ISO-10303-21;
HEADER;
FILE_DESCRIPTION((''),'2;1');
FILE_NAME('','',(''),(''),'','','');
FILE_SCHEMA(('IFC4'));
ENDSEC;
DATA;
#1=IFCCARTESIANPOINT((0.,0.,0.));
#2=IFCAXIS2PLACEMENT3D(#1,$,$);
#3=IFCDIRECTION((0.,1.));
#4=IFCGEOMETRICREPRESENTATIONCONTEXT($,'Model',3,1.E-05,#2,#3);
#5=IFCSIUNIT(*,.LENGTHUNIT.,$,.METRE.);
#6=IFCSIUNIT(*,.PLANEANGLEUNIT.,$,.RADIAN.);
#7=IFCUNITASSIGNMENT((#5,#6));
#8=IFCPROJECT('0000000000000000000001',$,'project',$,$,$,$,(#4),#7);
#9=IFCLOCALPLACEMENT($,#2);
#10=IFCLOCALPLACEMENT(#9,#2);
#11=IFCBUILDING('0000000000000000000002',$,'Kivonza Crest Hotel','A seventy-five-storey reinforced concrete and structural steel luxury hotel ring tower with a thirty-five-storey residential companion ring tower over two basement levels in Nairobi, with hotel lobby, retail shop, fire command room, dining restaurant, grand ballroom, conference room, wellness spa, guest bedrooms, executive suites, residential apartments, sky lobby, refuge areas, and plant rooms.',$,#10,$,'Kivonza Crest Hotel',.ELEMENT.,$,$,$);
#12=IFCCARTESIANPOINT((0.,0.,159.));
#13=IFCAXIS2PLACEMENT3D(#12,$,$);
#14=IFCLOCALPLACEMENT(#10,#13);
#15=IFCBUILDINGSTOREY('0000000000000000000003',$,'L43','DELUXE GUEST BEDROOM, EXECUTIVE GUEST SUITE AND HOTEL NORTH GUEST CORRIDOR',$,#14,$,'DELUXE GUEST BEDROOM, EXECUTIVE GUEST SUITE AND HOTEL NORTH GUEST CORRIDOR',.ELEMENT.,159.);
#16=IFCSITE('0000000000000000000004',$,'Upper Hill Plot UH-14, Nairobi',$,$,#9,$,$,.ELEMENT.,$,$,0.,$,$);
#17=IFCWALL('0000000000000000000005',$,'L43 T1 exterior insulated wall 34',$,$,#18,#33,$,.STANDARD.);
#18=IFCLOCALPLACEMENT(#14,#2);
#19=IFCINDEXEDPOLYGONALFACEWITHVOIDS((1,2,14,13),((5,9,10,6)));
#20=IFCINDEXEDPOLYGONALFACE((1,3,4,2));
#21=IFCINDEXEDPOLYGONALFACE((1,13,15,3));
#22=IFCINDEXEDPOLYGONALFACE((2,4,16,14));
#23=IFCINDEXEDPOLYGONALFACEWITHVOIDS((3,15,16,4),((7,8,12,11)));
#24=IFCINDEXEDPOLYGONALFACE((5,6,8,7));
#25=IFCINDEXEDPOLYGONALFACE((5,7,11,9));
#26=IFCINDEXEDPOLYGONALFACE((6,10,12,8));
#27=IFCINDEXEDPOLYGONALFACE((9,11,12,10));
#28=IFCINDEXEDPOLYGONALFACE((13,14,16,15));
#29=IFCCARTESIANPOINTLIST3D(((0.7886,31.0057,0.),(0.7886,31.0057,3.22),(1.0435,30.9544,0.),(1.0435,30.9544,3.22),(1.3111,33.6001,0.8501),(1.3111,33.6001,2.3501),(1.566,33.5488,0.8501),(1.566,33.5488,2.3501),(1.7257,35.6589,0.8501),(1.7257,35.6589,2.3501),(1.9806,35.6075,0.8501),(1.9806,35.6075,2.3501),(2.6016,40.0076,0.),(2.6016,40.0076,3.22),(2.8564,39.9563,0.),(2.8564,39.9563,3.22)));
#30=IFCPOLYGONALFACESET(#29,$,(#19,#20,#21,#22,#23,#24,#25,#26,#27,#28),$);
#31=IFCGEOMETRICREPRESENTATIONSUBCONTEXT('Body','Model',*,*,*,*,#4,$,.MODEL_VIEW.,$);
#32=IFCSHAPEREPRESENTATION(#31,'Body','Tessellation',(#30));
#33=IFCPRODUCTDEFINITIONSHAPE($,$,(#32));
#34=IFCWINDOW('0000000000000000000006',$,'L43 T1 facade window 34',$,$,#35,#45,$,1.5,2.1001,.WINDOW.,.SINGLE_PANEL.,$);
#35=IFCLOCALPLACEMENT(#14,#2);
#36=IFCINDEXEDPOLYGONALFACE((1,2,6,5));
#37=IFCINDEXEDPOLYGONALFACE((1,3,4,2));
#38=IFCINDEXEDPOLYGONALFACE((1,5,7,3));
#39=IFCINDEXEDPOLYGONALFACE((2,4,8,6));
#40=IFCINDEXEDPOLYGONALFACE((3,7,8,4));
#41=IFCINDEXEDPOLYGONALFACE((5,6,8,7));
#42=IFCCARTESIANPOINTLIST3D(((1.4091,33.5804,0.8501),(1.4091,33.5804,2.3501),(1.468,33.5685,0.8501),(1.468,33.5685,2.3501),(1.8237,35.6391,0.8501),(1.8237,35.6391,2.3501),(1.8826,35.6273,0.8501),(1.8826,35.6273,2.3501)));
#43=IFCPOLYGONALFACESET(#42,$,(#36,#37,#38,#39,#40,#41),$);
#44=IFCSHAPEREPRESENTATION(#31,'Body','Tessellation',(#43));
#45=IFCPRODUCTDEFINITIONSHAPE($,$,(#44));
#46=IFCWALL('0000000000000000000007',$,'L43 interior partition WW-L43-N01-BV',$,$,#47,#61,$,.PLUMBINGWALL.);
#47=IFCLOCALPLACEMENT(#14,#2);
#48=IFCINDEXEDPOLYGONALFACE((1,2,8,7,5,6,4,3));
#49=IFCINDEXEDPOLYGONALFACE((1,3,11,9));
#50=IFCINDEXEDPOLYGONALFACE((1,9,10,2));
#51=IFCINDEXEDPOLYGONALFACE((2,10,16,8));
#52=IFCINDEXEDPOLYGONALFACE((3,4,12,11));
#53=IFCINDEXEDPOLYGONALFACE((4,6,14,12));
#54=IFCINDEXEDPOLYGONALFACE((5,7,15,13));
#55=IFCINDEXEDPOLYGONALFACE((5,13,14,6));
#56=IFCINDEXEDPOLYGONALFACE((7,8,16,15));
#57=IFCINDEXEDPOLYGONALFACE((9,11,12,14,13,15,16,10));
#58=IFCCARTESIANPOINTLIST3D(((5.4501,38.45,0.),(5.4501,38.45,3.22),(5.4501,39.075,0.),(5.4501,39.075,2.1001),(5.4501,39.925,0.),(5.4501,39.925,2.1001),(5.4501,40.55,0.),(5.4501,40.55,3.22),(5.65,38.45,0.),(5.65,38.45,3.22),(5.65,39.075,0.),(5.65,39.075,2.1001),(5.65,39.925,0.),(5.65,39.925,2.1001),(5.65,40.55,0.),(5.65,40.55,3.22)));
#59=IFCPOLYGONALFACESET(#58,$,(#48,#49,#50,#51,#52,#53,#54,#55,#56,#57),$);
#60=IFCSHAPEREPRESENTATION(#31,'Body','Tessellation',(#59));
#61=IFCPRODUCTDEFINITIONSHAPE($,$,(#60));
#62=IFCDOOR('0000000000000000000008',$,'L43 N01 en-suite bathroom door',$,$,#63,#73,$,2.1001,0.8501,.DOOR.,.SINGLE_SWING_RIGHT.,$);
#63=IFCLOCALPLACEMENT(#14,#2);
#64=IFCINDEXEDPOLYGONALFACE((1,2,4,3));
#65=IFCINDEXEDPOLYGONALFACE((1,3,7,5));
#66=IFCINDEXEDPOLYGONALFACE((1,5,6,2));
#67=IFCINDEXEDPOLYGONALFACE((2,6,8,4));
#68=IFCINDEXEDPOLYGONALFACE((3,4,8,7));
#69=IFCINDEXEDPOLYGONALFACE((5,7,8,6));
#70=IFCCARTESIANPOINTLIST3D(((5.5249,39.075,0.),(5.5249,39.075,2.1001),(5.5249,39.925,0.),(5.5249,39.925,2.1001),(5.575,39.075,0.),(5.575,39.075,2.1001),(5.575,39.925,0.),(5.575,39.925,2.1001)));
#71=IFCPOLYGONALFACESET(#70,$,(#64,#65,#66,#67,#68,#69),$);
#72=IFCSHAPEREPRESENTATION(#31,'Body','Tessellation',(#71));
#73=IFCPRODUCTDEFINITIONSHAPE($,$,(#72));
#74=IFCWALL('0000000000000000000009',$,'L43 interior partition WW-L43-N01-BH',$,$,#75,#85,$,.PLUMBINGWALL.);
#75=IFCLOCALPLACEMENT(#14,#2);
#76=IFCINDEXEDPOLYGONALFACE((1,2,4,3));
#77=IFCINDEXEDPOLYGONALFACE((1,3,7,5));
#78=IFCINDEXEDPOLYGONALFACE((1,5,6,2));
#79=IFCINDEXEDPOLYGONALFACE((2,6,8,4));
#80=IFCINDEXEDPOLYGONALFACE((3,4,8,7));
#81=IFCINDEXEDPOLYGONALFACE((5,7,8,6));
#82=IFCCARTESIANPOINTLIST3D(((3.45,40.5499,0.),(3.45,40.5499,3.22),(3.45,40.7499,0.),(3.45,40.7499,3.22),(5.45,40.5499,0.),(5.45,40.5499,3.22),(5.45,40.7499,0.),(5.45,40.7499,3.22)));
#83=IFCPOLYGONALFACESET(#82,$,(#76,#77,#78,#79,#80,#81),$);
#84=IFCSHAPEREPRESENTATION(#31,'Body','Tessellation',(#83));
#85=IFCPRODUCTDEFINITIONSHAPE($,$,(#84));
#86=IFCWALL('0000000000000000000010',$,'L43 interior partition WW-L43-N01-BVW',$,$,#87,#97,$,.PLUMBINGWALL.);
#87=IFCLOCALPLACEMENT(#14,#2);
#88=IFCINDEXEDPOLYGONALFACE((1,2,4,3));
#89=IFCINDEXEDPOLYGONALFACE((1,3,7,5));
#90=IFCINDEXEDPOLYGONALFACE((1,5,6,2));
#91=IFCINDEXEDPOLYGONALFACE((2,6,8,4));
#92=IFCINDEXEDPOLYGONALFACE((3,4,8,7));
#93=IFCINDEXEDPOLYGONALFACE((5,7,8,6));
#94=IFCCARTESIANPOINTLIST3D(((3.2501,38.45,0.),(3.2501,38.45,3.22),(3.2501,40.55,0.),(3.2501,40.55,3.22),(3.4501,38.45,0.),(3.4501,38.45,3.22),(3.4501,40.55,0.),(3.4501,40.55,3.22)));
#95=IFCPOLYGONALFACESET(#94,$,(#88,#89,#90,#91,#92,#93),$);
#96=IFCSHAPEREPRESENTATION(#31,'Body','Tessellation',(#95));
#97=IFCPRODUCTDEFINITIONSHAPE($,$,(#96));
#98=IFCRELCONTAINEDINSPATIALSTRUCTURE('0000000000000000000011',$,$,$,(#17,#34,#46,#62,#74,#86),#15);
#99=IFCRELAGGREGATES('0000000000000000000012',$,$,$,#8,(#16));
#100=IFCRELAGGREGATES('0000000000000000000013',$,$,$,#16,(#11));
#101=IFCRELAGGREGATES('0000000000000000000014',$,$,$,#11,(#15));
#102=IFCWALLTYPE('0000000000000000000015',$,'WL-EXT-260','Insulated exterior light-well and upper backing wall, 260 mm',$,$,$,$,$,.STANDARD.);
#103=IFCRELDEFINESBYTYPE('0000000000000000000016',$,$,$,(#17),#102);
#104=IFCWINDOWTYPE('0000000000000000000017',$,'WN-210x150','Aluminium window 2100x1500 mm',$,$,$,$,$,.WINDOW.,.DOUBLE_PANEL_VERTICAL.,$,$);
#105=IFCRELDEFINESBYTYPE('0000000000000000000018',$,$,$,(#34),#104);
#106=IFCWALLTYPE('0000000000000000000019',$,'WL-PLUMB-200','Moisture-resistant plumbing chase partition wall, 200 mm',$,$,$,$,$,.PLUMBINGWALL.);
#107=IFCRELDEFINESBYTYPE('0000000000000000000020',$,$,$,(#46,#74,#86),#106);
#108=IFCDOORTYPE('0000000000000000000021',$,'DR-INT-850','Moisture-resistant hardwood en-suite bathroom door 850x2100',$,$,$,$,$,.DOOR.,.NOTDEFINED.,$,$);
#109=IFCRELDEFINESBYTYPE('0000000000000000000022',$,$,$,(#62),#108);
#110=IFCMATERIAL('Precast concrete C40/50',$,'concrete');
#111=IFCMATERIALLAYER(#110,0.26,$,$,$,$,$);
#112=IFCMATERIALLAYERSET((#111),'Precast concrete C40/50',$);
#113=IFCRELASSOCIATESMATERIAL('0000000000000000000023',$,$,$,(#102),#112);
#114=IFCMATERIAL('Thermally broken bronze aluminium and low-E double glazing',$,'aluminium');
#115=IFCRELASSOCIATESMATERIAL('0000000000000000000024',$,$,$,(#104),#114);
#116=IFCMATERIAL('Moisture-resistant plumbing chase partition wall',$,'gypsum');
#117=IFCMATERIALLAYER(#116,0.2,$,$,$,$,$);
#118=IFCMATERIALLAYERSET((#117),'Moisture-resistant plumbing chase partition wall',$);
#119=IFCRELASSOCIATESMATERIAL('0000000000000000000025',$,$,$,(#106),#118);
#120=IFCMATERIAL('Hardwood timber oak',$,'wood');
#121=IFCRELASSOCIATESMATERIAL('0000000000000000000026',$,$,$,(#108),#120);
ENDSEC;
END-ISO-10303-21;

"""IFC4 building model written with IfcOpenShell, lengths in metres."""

from ifc_helpers import new_model, si_unit, direction, frame, frame_2d, origin, place, context, subcontext, project, spatial, rectangle, extrude, material, layer, layer_set, type_object, element, fill, save


model = new_model("IFC4")

# Units and contexts
model_context = context("Model", 3, precision=1e-05, world=origin(), true_north=direction((0.0, 1.0)))
body_context = subcontext(model_context, "Body", "Model", "MODEL_VIEW")
ifc_project = project(units=[si_unit("LENGTHUNIT", "METRE"), si_unit("PLANEANGLEUNIT", "RADIAN")], contexts=[model_context])

# Site, building, storey
site_placement = place(None, origin())
site = spatial("IfcSite", under=ifc_project, at=site_placement, Name="Upper Hill Plot UH-14, Nairobi", CompositionType="ELEMENT", RefElevation=0.0)
building_placement = place(site_placement, origin())
building = spatial("IfcBuilding", under=site, at=building_placement, Name="Kivonza Crest Hotel", Description="A seventy-five-storey reinforced concrete and structural steel luxury hotel ring tower with a thirty-five-storey residential companion ring tower over two basement levels in Nairobi, with hotel lobby, retail shop, fire command room, dining restaurant, grand ballroom, conference room, wellness spa, guest bedrooms, executive suites, residential apartments, sky lobby, refuge areas, and plant rooms.", LongName="Kivonza Crest Hotel", CompositionType="ELEMENT")
storey_placement = place(building_placement, frame((0.0, 0.0, 159.0)))
storey = spatial("IfcBuildingStorey", under=building, at=storey_placement, Name="L43", Description="DELUXE GUEST BEDROOM, EXECUTIVE GUEST SUITE AND HOTEL NORTH GUEST CORRIDOR", LongName="DELUXE GUEST BEDROOM, EXECUTIVE GUEST SUITE AND HOTEL NORTH GUEST CORRIDOR", CompositionType="ELEMENT", Elevation=159.0)

# Shared definitions
ifc_material_1 = material(Name="Hardwood timber oak", Category="wood")

# Shared definitions
ifc_material_2 = material(Name="Precast concrete C40/50", Category="concrete")
ifc_layer_1 = layer(ifc_material_2, 0.26)
ifc_layer_set_1 = layer_set([ifc_layer_1], Name="Precast concrete C40/50")
wall_type_1 = type_object("IfcWallType", Name="WL-EXT-260", Description="Insulated exterior light-well and upper backing wall, 260 mm", PredefinedType="STANDARD", material=ifc_layer_set_1)

# Wall, opening, window
ifc_material_3 = material(Name="Thermally broken bronze aluminium and low-E double glazing", Category="aluminium")
wall_1_placement = place(storey_placement, frame((2.729, 39.9819, 0.0), z_axis=(0.0, 0.0, 1.0), x_axis=(-0.197435, -0.980316, 0.0)))
wall_1 = element("IfcWall", 1, at=wall_1_placement, inside=storey, type_object=wall_type_1, Name="L43 T1 exterior insulated wall 34", PredefinedType="STANDARD", context=body_context, shape_type="SweptSolid", body=[
    extrude(rectangle(XDim=9.1826, YDim=0.26, at=frame_2d((4.5913, 0.0))), origin(), (0.0, 0.0, 1.0), 3.22),
])
opening_1_placement = place(wall_1_placement, frame((4.436, 0.0, 0.8501)))
opening_1 = element("IfcOpeningElement", 2, at=opening_1_placement, cuts=wall_1, PredefinedType="OPENING", context=body_context, shape_type="SweptSolid", body=[
    extrude(rectangle(XDim=2.1001, YDim=1.5, at=frame_2d((1.05, 0.75))), frame((0.0, 0.1401, 0.0), z_axis=(0.0, -1.0, 0.0), x_axis=(1.0, 0.0, 0.0)), (0.0, 0.0, 1.0), 0.28),
])
window_type_1 = type_object("IfcWindowType", Name="WN-210x150", Description="Aluminium window 2100x1500 mm", PartitioningType="DOUBLE_PANEL_VERTICAL", PredefinedType="WINDOW", material=ifc_material_3)
window_1_placement = place(opening_1_placement, origin())
window_1 = element("IfcWindow", 3, at=window_1_placement, inside=storey, type_object=window_type_1, Name="L43 T1 facade window 34", OverallHeight=1.5, OverallWidth=2.1001, PartitioningType="SINGLE_PANEL", PredefinedType="WINDOW", context=body_context, shape_type="SweptSolid", body=[
    extrude(rectangle(XDim=2.1001, YDim=1.5, at=frame_2d((1.05, 0.75))), frame((0.0, 0.03, 0.0), z_axis=(0.0, -1.0, 0.0), x_axis=(1.0, 0.0, 0.0)), (0.0, 0.0, 1.0), 0.0601),
])
fill(opening_1, window_1)

# Wall, opening, door
ifc_material_4 = material(Name="Moisture-resistant plumbing chase partition wall", Category="gypsum")
ifc_layer_2 = layer(ifc_material_4, 0.2)
ifc_layer_set_2 = layer_set([ifc_layer_2], Name="Moisture-resistant plumbing chase partition wall")
wall_type_2 = type_object("IfcWallType", Name="WL-PLUMB-200", Description="Moisture-resistant plumbing chase partition wall, 200 mm", PredefinedType="PLUMBINGWALL", material=ifc_layer_set_2)
wall_2_placement = place(storey_placement, frame((5.55, 38.45, 0.0), z_axis=(0.0, 0.0, 1.0), x_axis=(0.0, 1.0, 0.0)))
wall_2 = element("IfcWall", 4, at=wall_2_placement, inside=storey, type_object=wall_type_2, Name="L43 interior partition WW-L43-N01-BV", PredefinedType="PLUMBINGWALL", context=body_context, shape_type="SweptSolid", body=[
    extrude(rectangle(XDim=2.1001, YDim=0.2, at=frame_2d((1.05, 0.0))), origin(), (0.0, 0.0, 1.0), 3.22),
])
opening_2_placement = place(wall_2_placement, frame((0.625, 0.0, 0.0)))
opening_2 = element("IfcOpeningElement", 5, at=opening_2_placement, cuts=wall_2, PredefinedType="OPENING", context=body_context, shape_type="SweptSolid", body=[
    extrude(rectangle(XDim=0.8501, YDim=2.1001, at=frame_2d((0.425, 1.05))), frame((0.0, 0.1099, 0.0), z_axis=(0.0, -1.0, 0.0), x_axis=(1.0, 0.0, 0.0)), (0.0, 0.0, 1.0), 0.22),
])
door_type_1 = type_object("IfcDoorType", Name="DR-INT-850", Description="Moisture-resistant hardwood en-suite bathroom door 850x2100", OperationType="NOTDEFINED", PredefinedType="DOOR", material=ifc_material_1)
door_1_placement = place(opening_2_placement, frame((0.8501, 0.0, 0.0), z_axis=(0.0, 0.0, 1.0), x_axis=(-1.0, 0.0, 0.0)))
door_1 = element("IfcDoor", 6, at=door_1_placement, inside=storey, type_object=door_type_1, Name="L43 N01 en-suite bathroom door", OperationType="SINGLE_SWING_RIGHT", OverallHeight=2.1001, OverallWidth=0.8501, PredefinedType="DOOR", context=body_context, shape_type="SweptSolid", body=[
    extrude(rectangle(XDim=0.8501, YDim=2.1001, at=frame_2d((0.425, 1.05))), frame((0.0, 0.0249, 0.0), z_axis=(0.0, -1.0, 0.0), x_axis=(1.0, 0.0, 0.0)), (0.0, 0.0, 1.0), 0.05),
])
fill(opening_2, door_1)

# Walls
wall_3_placement = place(storey_placement, frame((3.45, 40.6499, 0.0), z_axis=(0.0, 0.0, 1.0), x_axis=(1.0, 0.0, 0.0)))
element("IfcWall", 7, at=wall_3_placement, inside=storey, type_object=wall_type_2, Name="L43 interior partition WW-L43-N01-BH", PredefinedType="PLUMBINGWALL", context=body_context, shape_type="SweptSolid", body=[
    extrude(rectangle(XDim=2.0, YDim=0.2, at=frame_2d((1.0, 0.0))), origin(), (0.0, 0.0, 1.0), 3.22),
])
wall_4_placement = place(storey_placement, frame((3.3501, 38.45, 0.0), z_axis=(0.0, 0.0, 1.0), x_axis=(0.0, 1.0, 0.0)))
element("IfcWall", 8, at=wall_4_placement, inside=storey, type_object=wall_type_2, Name="L43 interior partition WW-L43-N01-BVW", PredefinedType="PLUMBINGWALL", context=body_context, shape_type="SweptSolid", body=[
    extrude(rectangle(XDim=2.1001, YDim=0.2, at=frame_2d((1.05, 0.0))), origin(), (0.0, 0.0, 1.0), 3.22),
])

save(model, "model.ifc")
